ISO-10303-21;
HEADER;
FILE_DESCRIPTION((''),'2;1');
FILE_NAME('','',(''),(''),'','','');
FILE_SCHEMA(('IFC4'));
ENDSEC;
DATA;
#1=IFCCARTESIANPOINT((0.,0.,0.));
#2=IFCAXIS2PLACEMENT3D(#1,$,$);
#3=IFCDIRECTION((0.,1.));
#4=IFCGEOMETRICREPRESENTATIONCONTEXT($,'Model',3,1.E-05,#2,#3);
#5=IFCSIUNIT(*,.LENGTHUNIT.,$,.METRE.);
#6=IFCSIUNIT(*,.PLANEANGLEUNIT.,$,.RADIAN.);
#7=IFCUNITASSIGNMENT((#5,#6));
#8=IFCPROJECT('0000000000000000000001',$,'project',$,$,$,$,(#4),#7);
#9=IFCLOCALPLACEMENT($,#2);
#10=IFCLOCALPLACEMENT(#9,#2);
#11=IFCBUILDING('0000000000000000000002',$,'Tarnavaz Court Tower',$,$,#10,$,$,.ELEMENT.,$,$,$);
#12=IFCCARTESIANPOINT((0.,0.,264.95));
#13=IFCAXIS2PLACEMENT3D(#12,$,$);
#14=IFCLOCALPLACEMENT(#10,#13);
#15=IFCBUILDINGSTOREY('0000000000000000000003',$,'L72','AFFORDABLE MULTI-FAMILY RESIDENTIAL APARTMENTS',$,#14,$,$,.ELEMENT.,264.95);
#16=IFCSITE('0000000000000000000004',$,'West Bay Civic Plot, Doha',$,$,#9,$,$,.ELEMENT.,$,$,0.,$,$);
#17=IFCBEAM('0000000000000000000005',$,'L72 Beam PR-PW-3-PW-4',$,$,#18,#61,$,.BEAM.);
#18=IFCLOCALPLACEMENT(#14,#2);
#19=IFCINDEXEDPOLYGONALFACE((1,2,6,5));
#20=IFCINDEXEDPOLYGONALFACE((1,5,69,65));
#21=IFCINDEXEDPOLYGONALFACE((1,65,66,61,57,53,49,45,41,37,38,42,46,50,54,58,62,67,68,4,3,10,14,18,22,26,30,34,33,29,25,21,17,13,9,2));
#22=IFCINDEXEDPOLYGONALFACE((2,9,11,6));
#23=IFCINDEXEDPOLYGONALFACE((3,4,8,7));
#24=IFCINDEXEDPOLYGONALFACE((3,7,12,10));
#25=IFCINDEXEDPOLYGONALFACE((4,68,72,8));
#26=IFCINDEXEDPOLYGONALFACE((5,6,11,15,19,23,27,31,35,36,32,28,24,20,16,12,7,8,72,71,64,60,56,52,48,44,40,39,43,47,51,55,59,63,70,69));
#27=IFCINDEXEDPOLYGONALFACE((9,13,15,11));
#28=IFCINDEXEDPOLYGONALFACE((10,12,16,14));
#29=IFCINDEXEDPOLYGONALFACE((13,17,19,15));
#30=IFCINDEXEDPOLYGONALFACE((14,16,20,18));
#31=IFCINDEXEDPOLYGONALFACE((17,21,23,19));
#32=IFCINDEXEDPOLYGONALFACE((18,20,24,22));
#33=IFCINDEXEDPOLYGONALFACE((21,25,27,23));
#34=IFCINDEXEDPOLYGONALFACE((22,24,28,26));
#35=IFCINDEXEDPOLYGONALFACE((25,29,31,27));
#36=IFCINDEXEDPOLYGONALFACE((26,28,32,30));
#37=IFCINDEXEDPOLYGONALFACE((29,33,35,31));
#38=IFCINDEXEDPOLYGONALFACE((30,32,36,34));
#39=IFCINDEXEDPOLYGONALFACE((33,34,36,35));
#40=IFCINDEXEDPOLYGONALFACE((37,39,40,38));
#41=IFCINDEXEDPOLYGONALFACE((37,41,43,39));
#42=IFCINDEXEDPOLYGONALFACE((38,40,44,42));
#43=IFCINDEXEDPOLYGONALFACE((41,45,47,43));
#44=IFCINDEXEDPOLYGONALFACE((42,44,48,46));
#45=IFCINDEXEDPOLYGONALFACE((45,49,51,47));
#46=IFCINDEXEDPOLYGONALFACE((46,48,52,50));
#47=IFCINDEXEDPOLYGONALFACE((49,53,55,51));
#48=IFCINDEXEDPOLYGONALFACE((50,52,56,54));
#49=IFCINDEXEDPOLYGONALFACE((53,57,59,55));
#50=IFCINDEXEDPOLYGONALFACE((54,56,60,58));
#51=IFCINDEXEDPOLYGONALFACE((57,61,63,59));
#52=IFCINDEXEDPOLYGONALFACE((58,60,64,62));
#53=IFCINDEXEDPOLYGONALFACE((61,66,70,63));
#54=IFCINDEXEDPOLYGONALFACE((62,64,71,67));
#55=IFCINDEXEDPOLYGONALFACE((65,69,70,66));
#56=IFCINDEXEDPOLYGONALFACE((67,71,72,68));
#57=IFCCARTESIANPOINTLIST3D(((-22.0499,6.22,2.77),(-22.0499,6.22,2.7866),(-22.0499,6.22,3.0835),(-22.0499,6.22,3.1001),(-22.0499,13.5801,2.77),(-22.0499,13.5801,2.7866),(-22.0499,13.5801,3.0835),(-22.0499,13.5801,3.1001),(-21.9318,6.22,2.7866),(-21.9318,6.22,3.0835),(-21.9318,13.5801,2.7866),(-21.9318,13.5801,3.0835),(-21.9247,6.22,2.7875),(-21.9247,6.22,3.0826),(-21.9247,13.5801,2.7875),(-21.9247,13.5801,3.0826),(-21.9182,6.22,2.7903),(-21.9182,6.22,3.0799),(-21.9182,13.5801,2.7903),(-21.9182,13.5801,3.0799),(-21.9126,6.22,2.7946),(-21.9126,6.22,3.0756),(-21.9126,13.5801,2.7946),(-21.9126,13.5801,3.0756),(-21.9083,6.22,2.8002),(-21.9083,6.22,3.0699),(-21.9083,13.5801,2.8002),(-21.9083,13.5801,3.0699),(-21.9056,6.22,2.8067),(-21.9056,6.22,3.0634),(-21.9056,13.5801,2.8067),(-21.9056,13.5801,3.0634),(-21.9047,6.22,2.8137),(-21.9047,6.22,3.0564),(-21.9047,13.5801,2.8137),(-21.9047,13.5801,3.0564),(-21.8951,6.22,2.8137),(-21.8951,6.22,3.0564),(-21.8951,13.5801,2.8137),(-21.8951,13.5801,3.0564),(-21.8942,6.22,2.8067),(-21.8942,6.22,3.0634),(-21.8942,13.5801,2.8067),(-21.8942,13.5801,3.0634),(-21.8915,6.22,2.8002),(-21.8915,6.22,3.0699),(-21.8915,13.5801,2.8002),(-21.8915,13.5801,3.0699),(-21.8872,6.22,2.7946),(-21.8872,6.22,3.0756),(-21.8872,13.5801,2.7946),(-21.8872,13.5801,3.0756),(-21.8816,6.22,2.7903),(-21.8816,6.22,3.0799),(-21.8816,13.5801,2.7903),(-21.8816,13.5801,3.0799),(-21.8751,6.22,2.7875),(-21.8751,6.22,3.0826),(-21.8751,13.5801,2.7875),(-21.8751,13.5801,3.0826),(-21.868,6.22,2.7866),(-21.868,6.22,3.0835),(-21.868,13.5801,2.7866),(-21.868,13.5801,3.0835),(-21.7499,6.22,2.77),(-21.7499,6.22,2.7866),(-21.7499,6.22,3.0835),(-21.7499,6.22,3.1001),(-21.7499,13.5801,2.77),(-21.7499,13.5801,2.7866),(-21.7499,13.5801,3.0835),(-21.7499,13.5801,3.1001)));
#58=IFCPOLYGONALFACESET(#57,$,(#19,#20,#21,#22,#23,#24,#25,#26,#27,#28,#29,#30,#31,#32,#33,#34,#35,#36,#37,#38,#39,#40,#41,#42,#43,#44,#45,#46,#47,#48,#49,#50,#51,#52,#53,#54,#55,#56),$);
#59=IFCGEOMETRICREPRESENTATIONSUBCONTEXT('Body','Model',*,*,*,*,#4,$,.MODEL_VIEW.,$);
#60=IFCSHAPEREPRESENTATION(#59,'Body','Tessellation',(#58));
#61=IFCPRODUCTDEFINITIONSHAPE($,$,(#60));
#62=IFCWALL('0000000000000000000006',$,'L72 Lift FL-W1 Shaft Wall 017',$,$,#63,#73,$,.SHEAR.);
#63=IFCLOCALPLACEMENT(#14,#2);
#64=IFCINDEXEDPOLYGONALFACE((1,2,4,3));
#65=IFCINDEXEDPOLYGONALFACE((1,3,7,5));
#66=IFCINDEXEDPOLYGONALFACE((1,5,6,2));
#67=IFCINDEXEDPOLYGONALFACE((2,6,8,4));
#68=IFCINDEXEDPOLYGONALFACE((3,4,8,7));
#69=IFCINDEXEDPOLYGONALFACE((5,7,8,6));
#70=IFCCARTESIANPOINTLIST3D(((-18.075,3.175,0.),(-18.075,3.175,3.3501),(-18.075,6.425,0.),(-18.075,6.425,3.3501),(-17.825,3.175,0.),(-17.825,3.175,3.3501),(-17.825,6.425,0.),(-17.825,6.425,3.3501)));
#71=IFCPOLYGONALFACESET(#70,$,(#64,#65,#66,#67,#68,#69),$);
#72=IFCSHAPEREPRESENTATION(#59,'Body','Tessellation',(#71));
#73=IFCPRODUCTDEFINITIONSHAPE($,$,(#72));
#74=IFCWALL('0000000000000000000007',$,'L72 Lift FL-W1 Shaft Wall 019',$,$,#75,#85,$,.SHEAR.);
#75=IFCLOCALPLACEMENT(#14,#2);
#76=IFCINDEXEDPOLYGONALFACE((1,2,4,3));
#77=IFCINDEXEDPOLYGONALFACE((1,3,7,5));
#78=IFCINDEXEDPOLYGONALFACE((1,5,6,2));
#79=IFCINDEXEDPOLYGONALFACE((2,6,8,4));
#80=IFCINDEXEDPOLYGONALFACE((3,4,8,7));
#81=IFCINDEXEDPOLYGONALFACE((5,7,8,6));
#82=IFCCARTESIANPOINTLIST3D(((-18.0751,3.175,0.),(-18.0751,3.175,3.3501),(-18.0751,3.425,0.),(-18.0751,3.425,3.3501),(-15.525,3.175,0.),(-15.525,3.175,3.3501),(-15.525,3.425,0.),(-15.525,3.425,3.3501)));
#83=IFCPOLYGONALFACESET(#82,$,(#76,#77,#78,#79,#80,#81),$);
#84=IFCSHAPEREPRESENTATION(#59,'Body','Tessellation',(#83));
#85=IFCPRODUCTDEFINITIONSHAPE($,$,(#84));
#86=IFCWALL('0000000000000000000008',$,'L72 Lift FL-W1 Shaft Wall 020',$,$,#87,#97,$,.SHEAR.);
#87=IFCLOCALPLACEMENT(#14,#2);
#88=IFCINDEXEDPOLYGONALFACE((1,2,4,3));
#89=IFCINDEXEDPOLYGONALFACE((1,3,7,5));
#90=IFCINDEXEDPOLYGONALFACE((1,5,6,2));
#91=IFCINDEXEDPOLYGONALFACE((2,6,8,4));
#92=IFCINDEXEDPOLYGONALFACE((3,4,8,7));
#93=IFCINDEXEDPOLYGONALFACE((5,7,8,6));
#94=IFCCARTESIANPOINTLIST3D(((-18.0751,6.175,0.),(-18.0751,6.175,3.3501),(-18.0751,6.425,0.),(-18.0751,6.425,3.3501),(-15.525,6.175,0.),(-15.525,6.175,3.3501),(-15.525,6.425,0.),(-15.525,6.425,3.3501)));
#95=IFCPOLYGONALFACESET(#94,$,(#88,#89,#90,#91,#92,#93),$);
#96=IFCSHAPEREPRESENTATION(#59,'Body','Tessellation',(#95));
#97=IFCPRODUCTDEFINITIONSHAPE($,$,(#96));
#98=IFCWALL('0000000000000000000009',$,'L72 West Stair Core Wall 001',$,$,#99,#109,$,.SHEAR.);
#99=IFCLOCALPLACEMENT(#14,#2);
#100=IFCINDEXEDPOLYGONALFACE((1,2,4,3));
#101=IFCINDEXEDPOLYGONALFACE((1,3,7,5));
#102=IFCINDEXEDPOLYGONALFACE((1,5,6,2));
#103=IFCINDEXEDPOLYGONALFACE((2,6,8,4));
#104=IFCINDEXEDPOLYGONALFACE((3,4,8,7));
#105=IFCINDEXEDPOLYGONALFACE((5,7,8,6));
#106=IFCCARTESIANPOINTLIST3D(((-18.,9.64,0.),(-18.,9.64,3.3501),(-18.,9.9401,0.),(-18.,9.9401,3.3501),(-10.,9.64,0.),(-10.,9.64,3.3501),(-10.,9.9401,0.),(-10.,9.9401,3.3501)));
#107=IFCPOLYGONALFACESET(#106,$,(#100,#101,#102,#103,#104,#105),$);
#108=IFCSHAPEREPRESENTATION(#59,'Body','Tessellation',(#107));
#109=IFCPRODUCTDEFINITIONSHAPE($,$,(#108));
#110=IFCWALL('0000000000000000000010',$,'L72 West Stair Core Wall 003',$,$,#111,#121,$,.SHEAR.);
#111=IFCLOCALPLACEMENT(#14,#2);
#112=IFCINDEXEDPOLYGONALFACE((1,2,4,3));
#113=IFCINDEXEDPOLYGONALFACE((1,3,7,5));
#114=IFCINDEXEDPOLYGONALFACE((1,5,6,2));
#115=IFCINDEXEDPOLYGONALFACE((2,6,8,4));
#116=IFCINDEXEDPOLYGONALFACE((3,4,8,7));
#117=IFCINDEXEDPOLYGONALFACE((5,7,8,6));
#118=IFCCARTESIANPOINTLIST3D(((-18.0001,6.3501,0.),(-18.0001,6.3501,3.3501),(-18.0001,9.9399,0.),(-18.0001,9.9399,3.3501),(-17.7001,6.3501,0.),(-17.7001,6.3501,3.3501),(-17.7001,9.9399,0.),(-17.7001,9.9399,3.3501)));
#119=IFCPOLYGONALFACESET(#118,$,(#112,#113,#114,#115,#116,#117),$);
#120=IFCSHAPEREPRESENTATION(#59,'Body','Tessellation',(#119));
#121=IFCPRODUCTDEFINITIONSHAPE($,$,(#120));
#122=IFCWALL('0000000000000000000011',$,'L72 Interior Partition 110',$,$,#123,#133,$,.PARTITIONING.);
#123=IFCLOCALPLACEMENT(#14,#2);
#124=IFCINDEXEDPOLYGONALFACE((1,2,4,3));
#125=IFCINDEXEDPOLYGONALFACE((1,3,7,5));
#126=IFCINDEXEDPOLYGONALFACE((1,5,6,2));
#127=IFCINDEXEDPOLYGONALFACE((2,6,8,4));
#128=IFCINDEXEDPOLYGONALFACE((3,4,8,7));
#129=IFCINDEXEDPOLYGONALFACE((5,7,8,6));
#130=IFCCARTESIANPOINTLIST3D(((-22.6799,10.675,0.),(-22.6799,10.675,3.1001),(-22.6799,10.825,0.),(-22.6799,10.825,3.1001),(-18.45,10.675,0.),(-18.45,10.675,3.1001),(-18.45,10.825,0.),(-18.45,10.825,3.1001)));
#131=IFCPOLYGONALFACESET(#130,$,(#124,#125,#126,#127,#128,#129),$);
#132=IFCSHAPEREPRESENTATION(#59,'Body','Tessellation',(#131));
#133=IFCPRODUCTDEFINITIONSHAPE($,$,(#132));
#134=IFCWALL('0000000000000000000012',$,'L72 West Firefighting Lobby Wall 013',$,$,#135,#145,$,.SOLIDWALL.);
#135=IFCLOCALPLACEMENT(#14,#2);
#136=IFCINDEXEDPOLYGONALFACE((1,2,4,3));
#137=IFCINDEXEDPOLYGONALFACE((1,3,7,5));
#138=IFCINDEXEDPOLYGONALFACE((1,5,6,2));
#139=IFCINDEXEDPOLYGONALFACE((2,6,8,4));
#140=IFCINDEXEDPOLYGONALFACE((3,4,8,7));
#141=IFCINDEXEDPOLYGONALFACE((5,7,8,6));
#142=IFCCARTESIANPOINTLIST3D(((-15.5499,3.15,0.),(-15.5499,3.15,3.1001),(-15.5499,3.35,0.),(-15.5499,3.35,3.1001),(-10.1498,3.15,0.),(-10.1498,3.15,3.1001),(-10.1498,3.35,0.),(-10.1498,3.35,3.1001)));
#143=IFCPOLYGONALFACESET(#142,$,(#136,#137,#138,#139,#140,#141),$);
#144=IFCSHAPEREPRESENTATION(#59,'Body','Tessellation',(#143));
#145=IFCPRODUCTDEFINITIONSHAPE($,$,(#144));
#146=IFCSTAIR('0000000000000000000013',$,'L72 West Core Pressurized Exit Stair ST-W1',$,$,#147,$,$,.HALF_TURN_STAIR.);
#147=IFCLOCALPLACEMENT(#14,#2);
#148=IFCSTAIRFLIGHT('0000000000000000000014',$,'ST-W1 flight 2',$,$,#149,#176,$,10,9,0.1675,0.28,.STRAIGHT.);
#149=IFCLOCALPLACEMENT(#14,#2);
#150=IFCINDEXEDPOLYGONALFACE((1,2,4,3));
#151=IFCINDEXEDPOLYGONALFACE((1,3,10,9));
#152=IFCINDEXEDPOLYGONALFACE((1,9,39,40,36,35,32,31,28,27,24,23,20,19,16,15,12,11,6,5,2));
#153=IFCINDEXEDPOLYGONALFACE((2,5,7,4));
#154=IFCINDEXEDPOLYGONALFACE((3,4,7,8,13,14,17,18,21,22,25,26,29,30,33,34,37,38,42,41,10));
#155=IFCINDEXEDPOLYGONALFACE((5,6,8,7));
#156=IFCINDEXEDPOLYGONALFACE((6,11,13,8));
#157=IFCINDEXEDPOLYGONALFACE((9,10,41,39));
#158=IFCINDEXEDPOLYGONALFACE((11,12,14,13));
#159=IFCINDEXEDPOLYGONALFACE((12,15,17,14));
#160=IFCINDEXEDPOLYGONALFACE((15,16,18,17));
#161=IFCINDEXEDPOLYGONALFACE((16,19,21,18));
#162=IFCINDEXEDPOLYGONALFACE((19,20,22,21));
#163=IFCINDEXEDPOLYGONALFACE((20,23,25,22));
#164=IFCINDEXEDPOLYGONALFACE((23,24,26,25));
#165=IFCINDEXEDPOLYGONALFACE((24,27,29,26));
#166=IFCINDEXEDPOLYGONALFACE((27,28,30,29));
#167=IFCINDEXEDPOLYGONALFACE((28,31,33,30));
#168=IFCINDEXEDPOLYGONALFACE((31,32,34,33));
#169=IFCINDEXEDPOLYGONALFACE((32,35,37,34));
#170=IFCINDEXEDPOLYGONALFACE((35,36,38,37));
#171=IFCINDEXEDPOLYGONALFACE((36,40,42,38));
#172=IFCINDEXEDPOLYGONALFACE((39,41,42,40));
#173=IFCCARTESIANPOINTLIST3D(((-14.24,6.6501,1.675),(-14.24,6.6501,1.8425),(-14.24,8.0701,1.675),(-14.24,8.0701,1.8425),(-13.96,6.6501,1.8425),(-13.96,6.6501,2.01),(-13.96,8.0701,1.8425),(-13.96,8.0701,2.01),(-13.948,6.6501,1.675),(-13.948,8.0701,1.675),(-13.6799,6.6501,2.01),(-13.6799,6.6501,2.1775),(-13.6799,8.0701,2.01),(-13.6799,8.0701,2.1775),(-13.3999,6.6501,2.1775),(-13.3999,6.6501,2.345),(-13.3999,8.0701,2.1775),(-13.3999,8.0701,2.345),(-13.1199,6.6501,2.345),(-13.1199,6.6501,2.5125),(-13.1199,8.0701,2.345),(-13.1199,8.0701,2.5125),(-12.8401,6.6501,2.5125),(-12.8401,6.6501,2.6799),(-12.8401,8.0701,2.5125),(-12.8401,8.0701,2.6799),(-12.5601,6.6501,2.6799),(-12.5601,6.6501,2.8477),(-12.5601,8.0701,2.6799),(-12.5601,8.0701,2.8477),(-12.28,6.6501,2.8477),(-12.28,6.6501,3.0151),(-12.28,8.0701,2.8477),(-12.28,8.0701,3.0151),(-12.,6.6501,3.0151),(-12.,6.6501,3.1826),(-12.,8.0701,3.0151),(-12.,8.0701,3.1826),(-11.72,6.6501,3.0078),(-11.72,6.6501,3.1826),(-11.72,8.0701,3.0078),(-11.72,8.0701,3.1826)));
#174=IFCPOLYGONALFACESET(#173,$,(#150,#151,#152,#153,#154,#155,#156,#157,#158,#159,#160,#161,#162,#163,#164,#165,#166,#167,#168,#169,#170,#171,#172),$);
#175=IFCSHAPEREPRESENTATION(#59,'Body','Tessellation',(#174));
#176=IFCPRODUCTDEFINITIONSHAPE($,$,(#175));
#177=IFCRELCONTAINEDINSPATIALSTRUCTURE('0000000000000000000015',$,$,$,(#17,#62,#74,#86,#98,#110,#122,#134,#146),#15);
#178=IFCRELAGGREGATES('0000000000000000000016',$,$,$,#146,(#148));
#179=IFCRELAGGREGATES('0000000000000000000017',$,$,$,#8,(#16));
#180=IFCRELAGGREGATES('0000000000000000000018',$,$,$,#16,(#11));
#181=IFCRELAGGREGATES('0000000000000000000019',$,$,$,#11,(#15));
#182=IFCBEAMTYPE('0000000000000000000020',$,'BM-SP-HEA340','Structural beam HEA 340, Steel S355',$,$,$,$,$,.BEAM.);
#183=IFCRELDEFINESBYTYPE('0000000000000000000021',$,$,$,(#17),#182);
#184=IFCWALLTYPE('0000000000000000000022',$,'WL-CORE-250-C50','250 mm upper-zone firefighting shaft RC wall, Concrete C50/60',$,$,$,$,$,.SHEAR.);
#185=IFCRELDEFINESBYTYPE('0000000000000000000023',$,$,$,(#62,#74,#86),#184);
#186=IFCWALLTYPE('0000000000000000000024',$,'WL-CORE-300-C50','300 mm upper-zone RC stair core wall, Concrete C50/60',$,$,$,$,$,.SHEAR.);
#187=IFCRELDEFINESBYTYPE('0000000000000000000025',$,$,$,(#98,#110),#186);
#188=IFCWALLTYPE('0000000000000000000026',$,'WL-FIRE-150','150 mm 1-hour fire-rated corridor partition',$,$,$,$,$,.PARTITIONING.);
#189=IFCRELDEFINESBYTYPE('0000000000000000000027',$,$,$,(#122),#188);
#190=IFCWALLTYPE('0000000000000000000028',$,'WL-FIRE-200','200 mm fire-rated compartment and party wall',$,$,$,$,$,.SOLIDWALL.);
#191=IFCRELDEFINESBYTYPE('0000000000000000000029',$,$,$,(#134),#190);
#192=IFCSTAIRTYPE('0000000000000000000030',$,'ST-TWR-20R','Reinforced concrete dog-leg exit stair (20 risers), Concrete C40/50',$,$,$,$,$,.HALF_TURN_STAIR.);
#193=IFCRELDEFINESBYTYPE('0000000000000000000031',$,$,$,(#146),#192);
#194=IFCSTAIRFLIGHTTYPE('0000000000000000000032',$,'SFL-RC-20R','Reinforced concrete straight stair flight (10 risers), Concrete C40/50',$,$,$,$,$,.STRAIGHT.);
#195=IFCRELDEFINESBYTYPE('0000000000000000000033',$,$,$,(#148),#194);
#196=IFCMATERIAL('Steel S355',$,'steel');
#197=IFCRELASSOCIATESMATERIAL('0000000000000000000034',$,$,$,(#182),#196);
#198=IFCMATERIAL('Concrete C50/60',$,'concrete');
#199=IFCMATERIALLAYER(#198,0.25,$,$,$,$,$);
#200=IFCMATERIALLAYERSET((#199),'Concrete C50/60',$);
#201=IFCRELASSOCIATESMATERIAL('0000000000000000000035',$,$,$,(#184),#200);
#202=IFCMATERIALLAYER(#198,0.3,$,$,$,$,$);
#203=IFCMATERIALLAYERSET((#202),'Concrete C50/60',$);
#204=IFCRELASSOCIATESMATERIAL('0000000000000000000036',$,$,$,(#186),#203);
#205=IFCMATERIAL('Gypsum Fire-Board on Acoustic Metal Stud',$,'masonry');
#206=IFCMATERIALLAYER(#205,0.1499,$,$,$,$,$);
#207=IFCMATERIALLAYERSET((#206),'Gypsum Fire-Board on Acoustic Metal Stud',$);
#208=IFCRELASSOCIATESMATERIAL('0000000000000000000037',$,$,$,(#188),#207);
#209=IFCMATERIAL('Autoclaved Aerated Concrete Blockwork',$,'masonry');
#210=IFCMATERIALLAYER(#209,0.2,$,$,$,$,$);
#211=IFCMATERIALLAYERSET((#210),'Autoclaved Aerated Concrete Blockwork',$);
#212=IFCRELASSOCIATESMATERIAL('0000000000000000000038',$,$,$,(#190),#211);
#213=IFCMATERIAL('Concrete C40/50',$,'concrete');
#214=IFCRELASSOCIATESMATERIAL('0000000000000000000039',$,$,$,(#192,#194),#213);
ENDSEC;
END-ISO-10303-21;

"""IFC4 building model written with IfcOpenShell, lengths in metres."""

from ifc_helpers import new_model, si_unit, direction, frame, frame_2d, origin, origin_2d, place, context, subcontext, project, spatial, polyline, rectangle, i_section, outline, extrude, material, layer, layer_set, material_profile, profile_set, type_object, element, aggregate, save


model = new_model("IFC4")

# Units and contexts
model_context = context("Model", 3, precision=1e-05, world=origin(), true_north=direction((0.0, 1.0)))
body_context = subcontext(model_context, "Body", "Model", "MODEL_VIEW")
ifc_project = project(units=[si_unit("LENGTHUNIT", "METRE"), si_unit("PLANEANGLEUNIT", "RADIAN")], contexts=[model_context])

# Site, building, storey
site_placement = place(None, origin())
site = spatial("IfcSite", under=ifc_project, at=site_placement, Name="West Bay Civic Plot, Doha", CompositionType="ELEMENT", RefElevation=0.0)
building_placement = place(site_placement, origin())
building = spatial("IfcBuilding", under=site, at=building_placement, Name="Tarnavaz Court Tower", CompositionType="ELEMENT")
storey_placement = place(building_placement, frame((0.0, 0.0, 264.95)))
storey = spatial("IfcBuildingStorey", under=building, at=storey_placement, Name="L72", Description="AFFORDABLE MULTI-FAMILY RESIDENTIAL APARTMENTS", CompositionType="ELEMENT", Elevation=264.95)

# Shared definitions
ifc_material_1 = material(Name="Concrete C50/60", Category="concrete")

# Beam
ifc_material_2 = material(Name="Steel S355", Category="steel")
ifc_material_profile_1 = material_profile(ifc_material_2, i_section(OverallWidth=0.3, OverallDepth=0.3301, WebThickness=0.0095, FlangeThickness=0.0166, FilletRadius=0.0271, at=origin_2d()), Name="HEA 340")
ifc_profile_set_1 = profile_set([ifc_material_profile_1], Name="Steel S355")
beam_type_1 = type_object("IfcBeamType", Name="BM-SP-HEA340", Description="Structural beam HEA 340, Steel S355", PredefinedType="BEAM", material=ifc_profile_set_1)
beam_1_placement = place(storey_placement, frame((-21.8999, 6.22, 2.9351), z_axis=(0.0, 1.0, 0.0), x_axis=(-1.0, 0.0, 0.0)))
element("IfcBeam", 1, at=beam_1_placement, inside=storey, type_object=beam_type_1, Name="L72 Beam PR-PW-3-PW-4", PredefinedType="BEAM", context=body_context, shape_type="SweptSolid", body=[
    extrude(i_section(OverallWidth=0.3, OverallDepth=0.3301, WebThickness=0.0095, FlangeThickness=0.0166, FilletRadius=0.0271, at=origin_2d()), origin(), (0.0, 0.0, 1.0), 7.3601),
])

# Wall
ifc_layer_1 = layer(ifc_material_1, 0.25)
ifc_layer_set_1 = layer_set([ifc_layer_1], Name="Concrete C50/60")
wall_type_1 = type_object("IfcWallType", Name="WL-CORE-250-C50", Description="250 mm upper-zone firefighting shaft RC wall, Concrete C50/60", PredefinedType="SHEAR", material=ifc_layer_set_1)
wall_1_placement = place(storey_placement, frame((-17.95, 3.175, 0.0), z_axis=(0.0, 0.0, 1.0), x_axis=(0.0, 1.0, 0.0)))
element("IfcWall", 2, at=wall_1_placement, inside=storey, type_object=wall_type_1, Name="L72 Lift FL-W1 Shaft Wall 017", PredefinedType="SHEAR", context=body_context, shape_type="SweptSolid", body=[
    extrude(rectangle(XDim=3.25, YDim=0.25, at=frame_2d((1.625, 0.0))), origin(), (0.0, 0.0, 1.0), 3.3501),
])

# Walls
for number, where, z_axis, x_axis, name in (
    (3, (-18.075, 3.3, 0.0), (0.0, 0.0, 1.0), (1.0, 0.0, 0.0), "L72 Lift FL-W1 Shaft Wall 019"),
    (4, (-18.075, 6.3, 0.0), (0.0, 0.0, 1.0), (1.0, 0.0, 0.0), "L72 Lift FL-W1 Shaft Wall 020"),
):
    element("IfcWall", number, at=place(storey_placement, frame(where, z_axis=z_axis, x_axis=x_axis)), inside=storey, type_object=wall_type_1, Name=name, PredefinedType="SHEAR", context=body_context, shape_type="SweptSolid", body=[
        extrude(rectangle(XDim=2.55, YDim=0.25, at=frame_2d((1.2749, 0.0))), origin(), (0.0, 0.0, 1.0), 3.3501),
    ])
ifc_layer_2 = layer(ifc_material_1, 0.3)
ifc_layer_set_2 = layer_set([ifc_layer_2], Name="Concrete C50/60")
wall_type_2 = type_object("IfcWallType", Name="WL-CORE-300-C50", Description="300 mm upper-zone RC stair core wall, Concrete C50/60", PredefinedType="SHEAR", material=ifc_layer_set_2)
wall_2_placement = place(storey_placement, frame((-18.0, 9.79, 0.0), z_axis=(0.0, 0.0, 1.0), x_axis=(1.0, 0.0, 0.0)))
element("IfcWall", 5, at=wall_2_placement, inside=storey, type_object=wall_type_2, Name="L72 West Stair Core Wall 001", PredefinedType="SHEAR", context=body_context, shape_type="SweptSolid", body=[
    extrude(rectangle(XDim=8.0, YDim=0.3, at=frame_2d((4.0, 0.0))), origin(), (0.0, 0.0, 1.0), 3.3501),
])

# Walls
wall_3_placement = place(storey_placement, frame((-17.8501, 6.3501, 0.0), z_axis=(0.0, 0.0, 1.0), x_axis=(0.0, 1.0, 0.0)))
element("IfcWall", 6, at=wall_3_placement, inside=storey, type_object=wall_type_2, Name="L72 West Stair Core Wall 003", PredefinedType="SHEAR", context=body_context, shape_type="SweptSolid", body=[
    extrude(rectangle(XDim=3.5898, YDim=0.3, at=frame_2d((1.7949, 0.0))), origin(), (0.0, 0.0, 1.0), 3.3501),
])
ifc_material_3 = material(Name="Gypsum Fire-Board on Acoustic Metal Stud", Category="masonry")
ifc_layer_3 = layer(ifc_material_3, 0.1499)
ifc_layer_set_3 = layer_set([ifc_layer_3], Name="Gypsum Fire-Board on Acoustic Metal Stud")
wall_type_3 = type_object("IfcWallType", Name="WL-FIRE-150", Description="150 mm 1-hour fire-rated corridor partition", PredefinedType="PARTITIONING", material=ifc_layer_set_3)
wall_4_placement = place(storey_placement, frame((-22.6799, 10.75, 0.0), z_axis=(0.0, 0.0, 1.0), x_axis=(1.0, 0.0, 0.0)))
element("IfcWall", 7, at=wall_4_placement, inside=storey, type_object=wall_type_3, Name="L72 Interior Partition 110", PredefinedType="PARTITIONING", context=body_context, shape_type="SweptSolid", body=[
    extrude(rectangle(XDim=4.23, YDim=0.1499, at=frame_2d((2.115, 0.0))), origin(), (0.0, 0.0, 1.0), 3.1001),
])
ifc_material_4 = material(Name="Autoclaved Aerated Concrete Blockwork", Category="masonry")
ifc_layer_4 = layer(ifc_material_4, 0.2)
ifc_layer_set_4 = layer_set([ifc_layer_4], Name="Autoclaved Aerated Concrete Blockwork")
wall_type_4 = type_object("IfcWallType", Name="WL-FIRE-200", Description="200 mm fire-rated compartment and party wall", PredefinedType="SOLIDWALL", material=ifc_layer_set_4)
wall_5_placement = place(storey_placement, frame((-15.55, 3.25, 0.0), z_axis=(0.0, 0.0, 1.0), x_axis=(1.0, 0.0, 0.0)))
element("IfcWall", 8, at=wall_5_placement, inside=storey, type_object=wall_type_4, Name="L72 West Firefighting Lobby Wall 013", PredefinedType="SOLIDWALL", context=body_context, shape_type="SweptSolid", body=[
    extrude(rectangle(XDim=5.4001, YDim=0.2, at=frame_2d((2.7002, 0.0))), origin(), (0.0, 0.0, 1.0), 3.1001),
])

# Stair, stair flight
ifc_material_5 = material(Name="Concrete C40/50", Category="concrete")
stair_type = type_object("IfcStairType", Name="ST-TWR-20R", Description="Reinforced concrete dog-leg exit stair (20 risers), Concrete C40/50", PredefinedType="HALF_TURN_STAIR", material=ifc_material_5)
stair_placement = place(storey_placement, origin())
stair = element("IfcStair", 9, at=stair_placement, inside=storey, type_object=stair_type, Name="L72 West Core Pressurized Exit Stair ST-W1", PredefinedType="HALF_TURN_STAIR")
stair_flight_type = type_object("IfcStairFlightType", Name="SFL-RC-20R", Description="Reinforced concrete straight stair flight (10 risers), Concrete C40/50", PredefinedType="STRAIGHT", material=ifc_material_5)
stair_flight_placement = place(storey_placement, frame((-14.24, 7.3601, 1.675), z_axis=(0.0, 0.0, 1.0), x_axis=(1.0, 0.0, 0.0)))
stair_flight = element("IfcStairFlight", 10, at=stair_flight_placement, type_object=stair_flight_type, Name="ST-W1 flight 2", NumberOfRisers=10, NumberOfTreads=9, PredefinedType="STRAIGHT", RiserHeight=0.1675, TreadLength=0.28, context=body_context, shape_type="SweptSolid", body=[
    extrude(outline(polyline([(0.0, 0.0), (0.0, 0.1675), (0.28, 0.1675), (0.28, 0.335), (0.5601, 0.335), (0.5601, 0.5024), (0.8401, 0.5024), (0.8401, 0.6699), (1.1201, 0.6699), (1.1201, 0.8374), (1.3999, 0.8374), (1.3999, 1.0049), (1.6799, 1.0049), (1.6799, 1.1726), (1.96, 1.1726), (1.96, 1.3401), (2.24, 1.3401), (2.24, 1.5076), (2.52, 1.5076), (2.52, 1.675), (2.52, 1.3328), (0.292, 0.0), (0.0, 0.0)])), frame((0.0, 0.71, 0.0), z_axis=(0.0, -1.0, 0.0), x_axis=(1.0, 0.0, 0.0)), (0.0, 0.0, 1.0), 1.4199),
])
aggregate(stair, [stair_flight])

save(model, "model.ifc")
